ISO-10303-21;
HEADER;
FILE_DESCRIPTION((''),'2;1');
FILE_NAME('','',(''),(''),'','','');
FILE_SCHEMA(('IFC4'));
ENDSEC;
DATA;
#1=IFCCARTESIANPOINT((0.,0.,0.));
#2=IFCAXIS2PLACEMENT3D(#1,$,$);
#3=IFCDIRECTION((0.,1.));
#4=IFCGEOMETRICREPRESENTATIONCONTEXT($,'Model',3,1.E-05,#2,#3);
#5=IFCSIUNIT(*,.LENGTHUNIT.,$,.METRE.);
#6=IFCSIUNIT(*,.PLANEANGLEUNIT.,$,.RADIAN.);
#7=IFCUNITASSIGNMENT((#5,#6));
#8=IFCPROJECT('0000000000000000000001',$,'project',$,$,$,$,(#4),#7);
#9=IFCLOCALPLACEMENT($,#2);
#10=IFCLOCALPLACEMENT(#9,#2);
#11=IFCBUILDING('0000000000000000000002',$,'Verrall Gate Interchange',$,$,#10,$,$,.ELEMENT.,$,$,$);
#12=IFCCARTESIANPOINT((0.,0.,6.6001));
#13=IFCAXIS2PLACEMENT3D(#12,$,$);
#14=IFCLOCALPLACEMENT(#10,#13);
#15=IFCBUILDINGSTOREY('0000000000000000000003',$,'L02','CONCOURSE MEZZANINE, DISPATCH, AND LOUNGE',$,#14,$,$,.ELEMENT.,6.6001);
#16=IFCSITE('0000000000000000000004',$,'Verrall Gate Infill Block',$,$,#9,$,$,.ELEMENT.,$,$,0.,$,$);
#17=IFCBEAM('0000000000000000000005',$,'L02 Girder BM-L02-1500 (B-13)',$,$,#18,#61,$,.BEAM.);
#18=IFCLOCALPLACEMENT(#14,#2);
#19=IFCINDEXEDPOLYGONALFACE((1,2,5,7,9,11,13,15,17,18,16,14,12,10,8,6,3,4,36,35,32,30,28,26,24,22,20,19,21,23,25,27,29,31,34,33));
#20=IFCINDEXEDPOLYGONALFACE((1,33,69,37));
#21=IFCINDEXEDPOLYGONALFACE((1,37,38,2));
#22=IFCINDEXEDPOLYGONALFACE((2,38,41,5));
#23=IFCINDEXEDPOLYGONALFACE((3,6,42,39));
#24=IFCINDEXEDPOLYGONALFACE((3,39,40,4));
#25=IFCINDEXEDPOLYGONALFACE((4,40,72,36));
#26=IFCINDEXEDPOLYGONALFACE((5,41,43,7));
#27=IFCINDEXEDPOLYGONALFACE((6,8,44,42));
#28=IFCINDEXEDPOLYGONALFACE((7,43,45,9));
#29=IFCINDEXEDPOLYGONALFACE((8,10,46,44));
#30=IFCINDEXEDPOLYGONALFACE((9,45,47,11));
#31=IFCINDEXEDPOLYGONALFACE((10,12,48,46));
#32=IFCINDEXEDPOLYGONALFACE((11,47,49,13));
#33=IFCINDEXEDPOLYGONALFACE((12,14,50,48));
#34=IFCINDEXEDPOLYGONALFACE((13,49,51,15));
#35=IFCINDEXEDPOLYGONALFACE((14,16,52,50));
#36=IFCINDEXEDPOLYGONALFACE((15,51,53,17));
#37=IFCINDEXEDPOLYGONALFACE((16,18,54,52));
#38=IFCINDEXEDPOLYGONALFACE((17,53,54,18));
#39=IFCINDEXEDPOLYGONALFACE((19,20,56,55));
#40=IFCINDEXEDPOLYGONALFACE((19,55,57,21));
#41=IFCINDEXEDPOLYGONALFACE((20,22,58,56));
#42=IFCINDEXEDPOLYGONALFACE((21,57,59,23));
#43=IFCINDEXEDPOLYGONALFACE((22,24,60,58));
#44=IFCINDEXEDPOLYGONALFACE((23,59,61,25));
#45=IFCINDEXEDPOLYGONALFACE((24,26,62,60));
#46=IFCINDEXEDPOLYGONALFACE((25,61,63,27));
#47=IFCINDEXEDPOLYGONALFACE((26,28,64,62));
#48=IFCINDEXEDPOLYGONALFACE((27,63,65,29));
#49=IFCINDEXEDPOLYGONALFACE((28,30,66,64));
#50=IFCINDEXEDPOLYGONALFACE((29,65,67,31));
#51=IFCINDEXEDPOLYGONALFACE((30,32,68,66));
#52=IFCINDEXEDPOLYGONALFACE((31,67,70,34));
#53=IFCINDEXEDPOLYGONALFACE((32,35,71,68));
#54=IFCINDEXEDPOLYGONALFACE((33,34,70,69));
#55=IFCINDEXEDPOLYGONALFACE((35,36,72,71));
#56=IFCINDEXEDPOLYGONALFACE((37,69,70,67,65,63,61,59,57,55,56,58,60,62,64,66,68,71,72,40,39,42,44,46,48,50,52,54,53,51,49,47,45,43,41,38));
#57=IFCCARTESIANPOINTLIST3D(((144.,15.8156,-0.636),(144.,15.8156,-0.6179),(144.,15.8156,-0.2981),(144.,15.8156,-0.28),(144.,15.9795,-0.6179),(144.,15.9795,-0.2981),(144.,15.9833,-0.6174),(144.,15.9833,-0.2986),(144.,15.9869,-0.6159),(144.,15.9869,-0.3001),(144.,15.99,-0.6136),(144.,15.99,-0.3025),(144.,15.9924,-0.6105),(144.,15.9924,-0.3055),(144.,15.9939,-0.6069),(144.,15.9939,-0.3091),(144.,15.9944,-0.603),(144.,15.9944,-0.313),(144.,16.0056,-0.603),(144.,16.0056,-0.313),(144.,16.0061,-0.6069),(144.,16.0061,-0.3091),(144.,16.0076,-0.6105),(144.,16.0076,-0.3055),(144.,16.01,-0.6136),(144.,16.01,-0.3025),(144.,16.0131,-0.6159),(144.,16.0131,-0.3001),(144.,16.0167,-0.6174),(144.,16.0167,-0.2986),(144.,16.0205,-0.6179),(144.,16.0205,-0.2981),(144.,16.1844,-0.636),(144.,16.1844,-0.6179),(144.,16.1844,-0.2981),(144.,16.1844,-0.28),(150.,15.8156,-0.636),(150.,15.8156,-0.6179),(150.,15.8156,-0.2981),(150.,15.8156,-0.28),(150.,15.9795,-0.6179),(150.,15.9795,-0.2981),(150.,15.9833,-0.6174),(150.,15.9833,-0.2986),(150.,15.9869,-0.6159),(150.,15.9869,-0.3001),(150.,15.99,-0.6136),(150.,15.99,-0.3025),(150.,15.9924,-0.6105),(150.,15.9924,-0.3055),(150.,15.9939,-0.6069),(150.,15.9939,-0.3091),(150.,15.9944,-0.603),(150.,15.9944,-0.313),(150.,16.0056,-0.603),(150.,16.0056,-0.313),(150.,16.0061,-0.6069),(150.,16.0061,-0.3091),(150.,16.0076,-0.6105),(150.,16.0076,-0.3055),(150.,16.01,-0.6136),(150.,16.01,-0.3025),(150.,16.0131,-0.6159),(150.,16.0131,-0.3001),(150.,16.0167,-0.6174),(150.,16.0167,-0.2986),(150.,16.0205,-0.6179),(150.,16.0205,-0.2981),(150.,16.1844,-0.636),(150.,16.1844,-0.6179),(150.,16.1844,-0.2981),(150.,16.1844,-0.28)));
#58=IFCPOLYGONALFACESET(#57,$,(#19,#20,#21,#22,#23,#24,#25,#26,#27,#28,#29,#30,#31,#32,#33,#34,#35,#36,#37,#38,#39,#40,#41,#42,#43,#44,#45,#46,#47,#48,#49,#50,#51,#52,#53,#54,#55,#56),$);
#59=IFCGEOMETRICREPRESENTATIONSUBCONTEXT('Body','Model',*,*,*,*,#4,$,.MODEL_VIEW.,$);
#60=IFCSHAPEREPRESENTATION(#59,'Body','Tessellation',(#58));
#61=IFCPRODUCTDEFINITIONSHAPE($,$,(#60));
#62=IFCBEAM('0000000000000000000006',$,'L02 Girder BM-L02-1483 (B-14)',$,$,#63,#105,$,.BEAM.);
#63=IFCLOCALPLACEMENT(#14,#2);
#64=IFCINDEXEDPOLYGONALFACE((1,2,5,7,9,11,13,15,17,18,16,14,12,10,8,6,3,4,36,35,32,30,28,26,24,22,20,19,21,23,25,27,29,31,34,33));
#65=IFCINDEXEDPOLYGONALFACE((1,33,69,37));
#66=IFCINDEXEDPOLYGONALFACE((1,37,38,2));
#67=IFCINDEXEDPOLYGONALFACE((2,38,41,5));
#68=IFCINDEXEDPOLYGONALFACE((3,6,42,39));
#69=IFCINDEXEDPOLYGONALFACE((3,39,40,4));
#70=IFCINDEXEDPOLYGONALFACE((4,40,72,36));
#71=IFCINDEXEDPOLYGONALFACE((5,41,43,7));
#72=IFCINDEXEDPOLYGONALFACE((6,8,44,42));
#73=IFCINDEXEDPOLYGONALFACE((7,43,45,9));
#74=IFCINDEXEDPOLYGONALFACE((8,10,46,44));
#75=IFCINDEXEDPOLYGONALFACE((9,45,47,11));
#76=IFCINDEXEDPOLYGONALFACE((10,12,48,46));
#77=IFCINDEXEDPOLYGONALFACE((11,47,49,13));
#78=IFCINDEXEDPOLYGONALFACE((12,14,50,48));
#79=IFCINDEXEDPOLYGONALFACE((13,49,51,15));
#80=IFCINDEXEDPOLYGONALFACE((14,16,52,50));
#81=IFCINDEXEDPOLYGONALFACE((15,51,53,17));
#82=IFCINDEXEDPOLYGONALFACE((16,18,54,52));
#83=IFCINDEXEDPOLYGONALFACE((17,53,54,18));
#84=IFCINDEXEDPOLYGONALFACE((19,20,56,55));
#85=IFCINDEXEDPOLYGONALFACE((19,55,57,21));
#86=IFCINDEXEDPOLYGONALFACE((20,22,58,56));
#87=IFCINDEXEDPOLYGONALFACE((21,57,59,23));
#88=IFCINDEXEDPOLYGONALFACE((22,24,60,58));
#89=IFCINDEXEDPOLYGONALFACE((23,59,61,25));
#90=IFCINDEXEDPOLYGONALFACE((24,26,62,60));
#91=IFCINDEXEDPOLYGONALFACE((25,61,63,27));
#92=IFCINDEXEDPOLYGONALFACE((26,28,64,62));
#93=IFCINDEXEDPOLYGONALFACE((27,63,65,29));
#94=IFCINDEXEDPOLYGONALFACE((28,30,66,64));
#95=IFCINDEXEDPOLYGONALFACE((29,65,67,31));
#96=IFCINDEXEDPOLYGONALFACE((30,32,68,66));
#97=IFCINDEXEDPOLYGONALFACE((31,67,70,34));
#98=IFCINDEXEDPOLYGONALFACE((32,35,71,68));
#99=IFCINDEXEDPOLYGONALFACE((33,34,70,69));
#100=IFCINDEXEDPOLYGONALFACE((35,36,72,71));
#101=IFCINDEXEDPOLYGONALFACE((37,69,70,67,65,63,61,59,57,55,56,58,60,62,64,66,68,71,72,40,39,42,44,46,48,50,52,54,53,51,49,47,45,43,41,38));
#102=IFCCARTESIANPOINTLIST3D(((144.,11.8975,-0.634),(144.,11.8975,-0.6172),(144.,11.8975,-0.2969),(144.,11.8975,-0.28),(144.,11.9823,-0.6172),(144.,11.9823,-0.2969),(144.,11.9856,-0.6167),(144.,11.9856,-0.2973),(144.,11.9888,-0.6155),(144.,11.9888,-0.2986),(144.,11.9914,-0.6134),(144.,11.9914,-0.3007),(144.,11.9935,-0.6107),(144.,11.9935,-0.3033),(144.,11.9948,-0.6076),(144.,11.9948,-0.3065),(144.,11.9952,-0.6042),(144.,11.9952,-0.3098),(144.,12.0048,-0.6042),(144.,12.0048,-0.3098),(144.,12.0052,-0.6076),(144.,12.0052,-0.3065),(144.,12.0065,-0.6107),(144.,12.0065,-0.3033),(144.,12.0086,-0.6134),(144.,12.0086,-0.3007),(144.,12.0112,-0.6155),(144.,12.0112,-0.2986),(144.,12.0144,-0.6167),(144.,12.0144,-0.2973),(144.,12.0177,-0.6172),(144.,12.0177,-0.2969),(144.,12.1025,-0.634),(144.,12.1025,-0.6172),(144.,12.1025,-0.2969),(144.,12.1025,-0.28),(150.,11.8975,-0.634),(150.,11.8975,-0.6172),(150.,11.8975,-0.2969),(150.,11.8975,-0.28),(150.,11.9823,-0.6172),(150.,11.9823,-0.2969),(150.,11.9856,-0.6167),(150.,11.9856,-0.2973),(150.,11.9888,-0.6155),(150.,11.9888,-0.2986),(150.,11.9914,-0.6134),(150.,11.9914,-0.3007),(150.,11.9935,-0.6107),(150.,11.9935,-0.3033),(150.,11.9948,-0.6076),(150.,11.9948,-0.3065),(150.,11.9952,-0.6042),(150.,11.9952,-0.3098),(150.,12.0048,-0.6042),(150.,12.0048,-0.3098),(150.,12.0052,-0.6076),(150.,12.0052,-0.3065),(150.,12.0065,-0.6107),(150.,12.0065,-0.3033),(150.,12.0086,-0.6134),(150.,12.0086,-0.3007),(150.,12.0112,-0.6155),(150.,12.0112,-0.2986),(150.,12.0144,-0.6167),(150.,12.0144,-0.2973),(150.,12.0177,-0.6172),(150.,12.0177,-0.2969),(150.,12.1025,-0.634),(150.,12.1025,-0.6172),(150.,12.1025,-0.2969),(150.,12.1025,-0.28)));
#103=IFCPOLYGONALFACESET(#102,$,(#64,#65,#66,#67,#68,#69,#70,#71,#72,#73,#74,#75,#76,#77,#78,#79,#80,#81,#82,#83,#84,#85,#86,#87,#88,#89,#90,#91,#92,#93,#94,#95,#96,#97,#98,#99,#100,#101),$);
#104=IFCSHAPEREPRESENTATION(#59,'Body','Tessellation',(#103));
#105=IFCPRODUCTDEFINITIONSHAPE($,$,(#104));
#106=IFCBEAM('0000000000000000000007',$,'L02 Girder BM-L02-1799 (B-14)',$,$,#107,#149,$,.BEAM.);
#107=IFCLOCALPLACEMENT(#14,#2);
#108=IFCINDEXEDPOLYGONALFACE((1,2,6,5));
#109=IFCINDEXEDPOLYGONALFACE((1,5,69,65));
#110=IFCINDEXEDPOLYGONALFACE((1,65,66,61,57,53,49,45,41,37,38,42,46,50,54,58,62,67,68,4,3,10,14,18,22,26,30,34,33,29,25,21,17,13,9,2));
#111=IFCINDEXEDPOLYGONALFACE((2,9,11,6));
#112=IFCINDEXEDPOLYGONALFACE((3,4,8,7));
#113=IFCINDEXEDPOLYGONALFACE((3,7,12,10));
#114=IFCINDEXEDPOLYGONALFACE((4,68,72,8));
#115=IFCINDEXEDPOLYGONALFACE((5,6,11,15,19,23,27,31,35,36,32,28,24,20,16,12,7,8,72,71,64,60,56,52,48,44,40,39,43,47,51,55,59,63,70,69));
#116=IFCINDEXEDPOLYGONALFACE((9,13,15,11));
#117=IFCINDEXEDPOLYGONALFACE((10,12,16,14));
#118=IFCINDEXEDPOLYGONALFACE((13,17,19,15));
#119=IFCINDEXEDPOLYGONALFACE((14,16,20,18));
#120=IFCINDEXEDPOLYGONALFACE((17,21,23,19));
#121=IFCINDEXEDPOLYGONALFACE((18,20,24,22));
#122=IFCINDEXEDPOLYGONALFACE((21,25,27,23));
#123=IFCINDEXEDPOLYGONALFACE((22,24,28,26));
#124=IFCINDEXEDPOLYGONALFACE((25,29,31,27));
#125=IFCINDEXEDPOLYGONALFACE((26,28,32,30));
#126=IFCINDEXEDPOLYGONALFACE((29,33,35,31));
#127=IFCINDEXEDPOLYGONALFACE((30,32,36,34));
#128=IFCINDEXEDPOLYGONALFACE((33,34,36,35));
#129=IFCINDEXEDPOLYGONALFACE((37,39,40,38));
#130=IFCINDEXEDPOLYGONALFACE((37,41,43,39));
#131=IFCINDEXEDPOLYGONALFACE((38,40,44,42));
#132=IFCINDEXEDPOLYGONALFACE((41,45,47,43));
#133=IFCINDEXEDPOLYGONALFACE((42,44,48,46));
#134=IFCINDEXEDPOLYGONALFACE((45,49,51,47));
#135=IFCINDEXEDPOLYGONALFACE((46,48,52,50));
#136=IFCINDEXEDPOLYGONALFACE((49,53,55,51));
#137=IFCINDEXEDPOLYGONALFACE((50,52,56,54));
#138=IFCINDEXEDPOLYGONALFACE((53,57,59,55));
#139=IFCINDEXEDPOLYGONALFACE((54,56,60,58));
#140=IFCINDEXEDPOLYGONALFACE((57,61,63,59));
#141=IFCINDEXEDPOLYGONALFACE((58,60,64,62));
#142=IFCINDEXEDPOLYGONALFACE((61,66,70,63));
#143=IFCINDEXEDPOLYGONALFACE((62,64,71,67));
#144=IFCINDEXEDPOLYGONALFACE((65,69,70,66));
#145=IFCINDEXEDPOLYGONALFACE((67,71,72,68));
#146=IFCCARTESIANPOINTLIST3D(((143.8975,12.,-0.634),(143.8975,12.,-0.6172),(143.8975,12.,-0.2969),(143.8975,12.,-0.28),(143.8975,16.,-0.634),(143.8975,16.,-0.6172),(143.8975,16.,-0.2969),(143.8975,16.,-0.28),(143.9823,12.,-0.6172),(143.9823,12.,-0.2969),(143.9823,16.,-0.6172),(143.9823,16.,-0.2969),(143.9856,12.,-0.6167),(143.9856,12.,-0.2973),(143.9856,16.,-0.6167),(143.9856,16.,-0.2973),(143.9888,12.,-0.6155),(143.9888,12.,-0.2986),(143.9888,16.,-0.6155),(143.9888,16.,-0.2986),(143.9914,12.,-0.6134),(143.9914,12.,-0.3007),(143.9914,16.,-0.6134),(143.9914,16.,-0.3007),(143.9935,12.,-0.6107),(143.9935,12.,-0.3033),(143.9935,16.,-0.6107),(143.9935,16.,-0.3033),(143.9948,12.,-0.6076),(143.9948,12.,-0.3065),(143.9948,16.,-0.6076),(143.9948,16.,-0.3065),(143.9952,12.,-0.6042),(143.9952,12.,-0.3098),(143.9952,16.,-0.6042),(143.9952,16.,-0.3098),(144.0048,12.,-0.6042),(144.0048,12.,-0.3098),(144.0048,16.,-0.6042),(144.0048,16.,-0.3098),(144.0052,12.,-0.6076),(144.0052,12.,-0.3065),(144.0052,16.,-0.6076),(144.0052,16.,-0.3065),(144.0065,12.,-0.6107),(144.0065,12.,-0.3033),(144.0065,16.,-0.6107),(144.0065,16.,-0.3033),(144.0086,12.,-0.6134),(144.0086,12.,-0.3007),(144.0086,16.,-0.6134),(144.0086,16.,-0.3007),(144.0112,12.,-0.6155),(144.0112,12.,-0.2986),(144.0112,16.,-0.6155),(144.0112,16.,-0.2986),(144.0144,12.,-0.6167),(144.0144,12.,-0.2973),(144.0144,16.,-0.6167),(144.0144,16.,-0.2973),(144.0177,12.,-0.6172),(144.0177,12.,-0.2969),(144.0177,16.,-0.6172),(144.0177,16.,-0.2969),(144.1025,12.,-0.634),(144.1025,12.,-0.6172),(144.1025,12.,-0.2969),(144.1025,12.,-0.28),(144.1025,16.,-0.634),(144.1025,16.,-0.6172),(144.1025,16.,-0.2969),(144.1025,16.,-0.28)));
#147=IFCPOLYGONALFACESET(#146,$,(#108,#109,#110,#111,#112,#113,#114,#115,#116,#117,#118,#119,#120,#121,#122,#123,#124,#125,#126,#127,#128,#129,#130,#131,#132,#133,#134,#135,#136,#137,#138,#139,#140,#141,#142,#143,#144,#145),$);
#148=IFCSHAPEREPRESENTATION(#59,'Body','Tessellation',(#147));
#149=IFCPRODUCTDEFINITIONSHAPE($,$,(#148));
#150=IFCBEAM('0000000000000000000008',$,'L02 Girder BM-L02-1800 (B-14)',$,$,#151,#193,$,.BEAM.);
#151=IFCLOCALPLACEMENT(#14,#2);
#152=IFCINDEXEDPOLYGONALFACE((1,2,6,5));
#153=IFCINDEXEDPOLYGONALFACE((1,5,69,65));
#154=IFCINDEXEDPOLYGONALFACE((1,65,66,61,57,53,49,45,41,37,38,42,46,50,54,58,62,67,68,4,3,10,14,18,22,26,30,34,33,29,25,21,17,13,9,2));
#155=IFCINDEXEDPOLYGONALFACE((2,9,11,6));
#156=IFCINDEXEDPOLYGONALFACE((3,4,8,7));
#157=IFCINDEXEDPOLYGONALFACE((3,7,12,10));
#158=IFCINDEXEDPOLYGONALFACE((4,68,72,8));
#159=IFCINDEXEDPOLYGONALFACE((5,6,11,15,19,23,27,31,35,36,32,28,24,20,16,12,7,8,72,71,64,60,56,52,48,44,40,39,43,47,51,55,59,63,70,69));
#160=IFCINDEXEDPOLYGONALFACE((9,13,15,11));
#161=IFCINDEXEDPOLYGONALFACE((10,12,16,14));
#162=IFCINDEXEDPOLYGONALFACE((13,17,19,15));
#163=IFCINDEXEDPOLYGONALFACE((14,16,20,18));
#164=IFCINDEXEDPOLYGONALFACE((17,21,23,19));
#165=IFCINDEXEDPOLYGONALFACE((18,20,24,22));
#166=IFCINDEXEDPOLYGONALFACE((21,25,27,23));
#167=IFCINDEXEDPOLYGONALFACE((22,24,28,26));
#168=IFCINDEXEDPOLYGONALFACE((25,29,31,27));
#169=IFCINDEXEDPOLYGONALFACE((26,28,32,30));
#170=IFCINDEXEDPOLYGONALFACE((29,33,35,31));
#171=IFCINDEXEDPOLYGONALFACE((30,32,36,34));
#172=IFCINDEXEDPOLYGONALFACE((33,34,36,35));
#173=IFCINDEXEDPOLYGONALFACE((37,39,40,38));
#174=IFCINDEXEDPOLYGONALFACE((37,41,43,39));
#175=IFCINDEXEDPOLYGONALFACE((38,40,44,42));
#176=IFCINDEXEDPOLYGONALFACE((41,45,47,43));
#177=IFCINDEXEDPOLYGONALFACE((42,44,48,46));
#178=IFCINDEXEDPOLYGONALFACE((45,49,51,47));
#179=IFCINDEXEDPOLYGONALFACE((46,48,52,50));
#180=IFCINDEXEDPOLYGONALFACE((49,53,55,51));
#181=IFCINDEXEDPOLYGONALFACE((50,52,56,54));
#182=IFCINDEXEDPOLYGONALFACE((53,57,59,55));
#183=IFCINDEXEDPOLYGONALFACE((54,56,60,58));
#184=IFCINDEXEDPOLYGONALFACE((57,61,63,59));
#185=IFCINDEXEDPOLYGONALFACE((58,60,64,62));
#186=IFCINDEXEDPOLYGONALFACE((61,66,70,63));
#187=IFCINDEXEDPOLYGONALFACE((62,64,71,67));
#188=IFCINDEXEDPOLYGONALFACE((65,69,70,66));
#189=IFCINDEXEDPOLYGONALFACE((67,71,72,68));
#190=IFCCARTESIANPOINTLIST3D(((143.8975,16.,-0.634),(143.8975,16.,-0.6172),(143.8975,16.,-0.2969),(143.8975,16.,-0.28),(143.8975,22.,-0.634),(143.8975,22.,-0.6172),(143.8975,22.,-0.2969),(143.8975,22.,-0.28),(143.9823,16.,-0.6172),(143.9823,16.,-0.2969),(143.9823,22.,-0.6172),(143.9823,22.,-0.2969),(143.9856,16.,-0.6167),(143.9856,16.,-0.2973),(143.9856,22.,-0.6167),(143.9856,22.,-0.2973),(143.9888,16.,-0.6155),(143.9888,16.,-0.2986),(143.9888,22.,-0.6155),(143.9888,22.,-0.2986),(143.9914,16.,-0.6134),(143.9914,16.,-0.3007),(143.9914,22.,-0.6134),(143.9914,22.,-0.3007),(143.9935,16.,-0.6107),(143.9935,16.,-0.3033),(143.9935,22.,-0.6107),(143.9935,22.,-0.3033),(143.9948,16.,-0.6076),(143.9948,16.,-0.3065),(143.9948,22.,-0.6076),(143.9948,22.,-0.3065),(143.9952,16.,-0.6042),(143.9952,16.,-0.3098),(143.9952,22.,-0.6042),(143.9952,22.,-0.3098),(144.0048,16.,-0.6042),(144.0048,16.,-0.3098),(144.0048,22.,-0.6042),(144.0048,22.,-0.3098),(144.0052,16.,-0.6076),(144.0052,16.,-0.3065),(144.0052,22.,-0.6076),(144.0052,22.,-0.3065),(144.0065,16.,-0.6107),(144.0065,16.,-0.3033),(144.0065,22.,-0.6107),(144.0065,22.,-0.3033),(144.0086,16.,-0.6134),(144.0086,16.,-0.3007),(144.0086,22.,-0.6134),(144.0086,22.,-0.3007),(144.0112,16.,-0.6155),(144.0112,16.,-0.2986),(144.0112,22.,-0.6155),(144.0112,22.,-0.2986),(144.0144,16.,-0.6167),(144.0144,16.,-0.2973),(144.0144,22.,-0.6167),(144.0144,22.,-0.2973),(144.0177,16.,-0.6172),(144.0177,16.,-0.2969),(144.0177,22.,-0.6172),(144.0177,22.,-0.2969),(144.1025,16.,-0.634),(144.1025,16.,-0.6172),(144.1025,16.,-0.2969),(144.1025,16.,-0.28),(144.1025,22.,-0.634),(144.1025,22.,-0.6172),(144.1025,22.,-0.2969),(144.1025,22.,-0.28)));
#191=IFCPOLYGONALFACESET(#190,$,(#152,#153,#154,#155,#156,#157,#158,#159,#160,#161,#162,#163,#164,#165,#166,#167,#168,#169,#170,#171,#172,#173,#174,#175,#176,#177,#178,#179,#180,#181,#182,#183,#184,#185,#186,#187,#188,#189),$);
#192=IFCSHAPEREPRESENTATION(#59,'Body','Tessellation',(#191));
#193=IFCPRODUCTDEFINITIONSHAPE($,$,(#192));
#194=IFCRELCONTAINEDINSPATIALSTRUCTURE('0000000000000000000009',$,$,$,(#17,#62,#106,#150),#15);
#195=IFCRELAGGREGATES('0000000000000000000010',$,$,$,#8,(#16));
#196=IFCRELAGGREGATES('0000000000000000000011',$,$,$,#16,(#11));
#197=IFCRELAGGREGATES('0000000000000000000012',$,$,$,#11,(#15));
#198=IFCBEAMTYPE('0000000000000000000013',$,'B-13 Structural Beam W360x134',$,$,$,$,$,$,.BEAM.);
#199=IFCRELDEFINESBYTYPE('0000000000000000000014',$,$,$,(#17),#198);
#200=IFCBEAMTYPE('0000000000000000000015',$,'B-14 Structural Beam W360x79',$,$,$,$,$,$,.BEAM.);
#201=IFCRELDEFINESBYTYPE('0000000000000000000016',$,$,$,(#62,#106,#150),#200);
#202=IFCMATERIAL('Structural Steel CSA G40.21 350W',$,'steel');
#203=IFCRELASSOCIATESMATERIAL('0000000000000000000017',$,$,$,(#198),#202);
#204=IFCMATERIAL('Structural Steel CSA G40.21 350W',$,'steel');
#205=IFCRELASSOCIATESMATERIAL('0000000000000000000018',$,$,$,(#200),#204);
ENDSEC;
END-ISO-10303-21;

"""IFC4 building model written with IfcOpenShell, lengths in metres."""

from ifc_helpers import new_model, si_unit, direction, frame, origin, origin_2d, place, context, subcontext, project, spatial, i_section, extrude, material, material_profile, profile_set, type_object, element, save


model = new_model("IFC4")

# Units and contexts
model_context = context("Model", 3, precision=1e-05, world=origin(), true_north=direction((0.0, 1.0)))
body_context = subcontext(model_context, "Body", "Model", "MODEL_VIEW")
ifc_project = project(units=[si_unit("LENGTHUNIT", "METRE"), si_unit("PLANEANGLEUNIT", "RADIAN")], contexts=[model_context])

# Site, building, storey
site_placement = place(None, origin())
site = spatial("IfcSite", under=ifc_project, at=site_placement, Name="Verrall Gate Infill Block", CompositionType="ELEMENT", RefElevation=0.0)
building_placement = place(site_placement, origin())
building = spatial("IfcBuilding", under=site, at=building_placement, Name="Verrall Gate Interchange", CompositionType="ELEMENT")
storey_placement = place(building_placement, frame((0.0, 0.0, 6.6001)))
storey = spatial("IfcBuildingStorey", under=building, at=storey_placement, Name="L02", Description="CONCOURSE MEZZANINE, DISPATCH, AND LOUNGE", CompositionType="ELEMENT", Elevation=6.6001)

# Beams
ifc_material_1 = material(Name="Structural Steel CSA G40.21 350W", Category="steel")
ifc_material_profile_1 = material_profile(ifc_material_1, i_section(OverallWidth=0.3689, OverallDepth=0.356, WebThickness=0.0112, FlangeThickness=0.0181, FilletRadius=0.0149, at=origin_2d()), Name="W360x134")
ifc_profile_set_1 = profile_set([ifc_material_profile_1], Name="Structural Steel CSA G40.21 350W")
beam_type_1 = type_object("IfcBeamType", Name="B-13 Structural Beam W360x134", PredefinedType="BEAM", material=ifc_profile_set_1)
for number, where, z_axis, x_axis, name in (
    (1, (144.0, 16.0, -0.458), (1.0, 0.0, 0.0), (0.0, 1.0, 0.0), "L02 Girder BM-L02-1500 (B-13)"),
):
    element("IfcBeam", number, at=place(storey_placement, frame(where, z_axis=z_axis, x_axis=x_axis)), inside=storey, type_object=beam_type_1, Name=name, PredefinedType="BEAM", context=body_context, shape_type="SweptSolid", body=[
        extrude(i_section(OverallWidth=0.3689, OverallDepth=0.356, WebThickness=0.0112, FlangeThickness=0.0181, FilletRadius=0.0149, at=origin_2d()), origin(), (0.0, 0.0, 1.0), 6.0),
    ])
ifc_material_2 = material(Name="Structural Steel CSA G40.21 350W", Category="steel")
ifc_material_profile_2 = material_profile(ifc_material_2, i_section(OverallWidth=0.2051, OverallDepth=0.354, WebThickness=0.0095, FlangeThickness=0.0168, FilletRadius=0.0129, at=origin_2d()), Name="W360x79")
ifc_profile_set_2 = profile_set([ifc_material_profile_2], Name="Structural Steel CSA G40.21 350W")
beam_type_2 = type_object("IfcBeamType", Name="B-14 Structural Beam W360x79", PredefinedType="BEAM", material=ifc_profile_set_2)
beam_1_placement = place(storey_placement, frame((144.0, 12.0, -0.457), z_axis=(1.0, 0.0, 0.0), x_axis=(0.0, 1.0, 0.0)))
element("IfcBeam", 2, at=beam_1_placement, inside=storey, type_object=beam_type_2, Name="L02 Girder BM-L02-1483 (B-14)", PredefinedType="BEAM", context=body_context, shape_type="SweptSolid", body=[
    extrude(i_section(OverallWidth=0.2051, OverallDepth=0.354, WebThickness=0.0095, FlangeThickness=0.0168, FilletRadius=0.0129, at=origin_2d()), origin(), (0.0, 0.0, 1.0), 6.0),
])
beam_2_placement = place(storey_placement, frame((144.0, 12.0, -0.457), z_axis=(0.0, 1.0, 0.0), x_axis=(-1.0, 0.0, 0.0)))
element("IfcBeam", 3, at=beam_2_placement, inside=storey, type_object=beam_type_2, Name="L02 Girder BM-L02-1799 (B-14)", PredefinedType="BEAM", context=body_context, shape_type="SweptSolid", body=[
    extrude(i_section(OverallWidth=0.2051, OverallDepth=0.354, WebThickness=0.0095, FlangeThickness=0.0168, FilletRadius=0.0129, at=origin_2d()), origin(), (0.0, 0.0, 1.0), 4.0),
])
beam_3_placement = place(storey_placement, frame((144.0, 16.0, -0.457), z_axis=(0.0, 1.0, 0.0), x_axis=(-1.0, 0.0, 0.0)))
element("IfcBeam", 4, at=beam_3_placement, inside=storey, type_object=beam_type_2, Name="L02 Girder BM-L02-1800 (B-14)", PredefinedType="BEAM", context=body_context, shape_type="SweptSolid", body=[
    extrude(i_section(OverallWidth=0.2051, OverallDepth=0.354, WebThickness=0.0095, FlangeThickness=0.0168, FilletRadius=0.0129, at=origin_2d()), origin(), (0.0, 0.0, 1.0), 6.0),
])

save(model, "model.ifc")
